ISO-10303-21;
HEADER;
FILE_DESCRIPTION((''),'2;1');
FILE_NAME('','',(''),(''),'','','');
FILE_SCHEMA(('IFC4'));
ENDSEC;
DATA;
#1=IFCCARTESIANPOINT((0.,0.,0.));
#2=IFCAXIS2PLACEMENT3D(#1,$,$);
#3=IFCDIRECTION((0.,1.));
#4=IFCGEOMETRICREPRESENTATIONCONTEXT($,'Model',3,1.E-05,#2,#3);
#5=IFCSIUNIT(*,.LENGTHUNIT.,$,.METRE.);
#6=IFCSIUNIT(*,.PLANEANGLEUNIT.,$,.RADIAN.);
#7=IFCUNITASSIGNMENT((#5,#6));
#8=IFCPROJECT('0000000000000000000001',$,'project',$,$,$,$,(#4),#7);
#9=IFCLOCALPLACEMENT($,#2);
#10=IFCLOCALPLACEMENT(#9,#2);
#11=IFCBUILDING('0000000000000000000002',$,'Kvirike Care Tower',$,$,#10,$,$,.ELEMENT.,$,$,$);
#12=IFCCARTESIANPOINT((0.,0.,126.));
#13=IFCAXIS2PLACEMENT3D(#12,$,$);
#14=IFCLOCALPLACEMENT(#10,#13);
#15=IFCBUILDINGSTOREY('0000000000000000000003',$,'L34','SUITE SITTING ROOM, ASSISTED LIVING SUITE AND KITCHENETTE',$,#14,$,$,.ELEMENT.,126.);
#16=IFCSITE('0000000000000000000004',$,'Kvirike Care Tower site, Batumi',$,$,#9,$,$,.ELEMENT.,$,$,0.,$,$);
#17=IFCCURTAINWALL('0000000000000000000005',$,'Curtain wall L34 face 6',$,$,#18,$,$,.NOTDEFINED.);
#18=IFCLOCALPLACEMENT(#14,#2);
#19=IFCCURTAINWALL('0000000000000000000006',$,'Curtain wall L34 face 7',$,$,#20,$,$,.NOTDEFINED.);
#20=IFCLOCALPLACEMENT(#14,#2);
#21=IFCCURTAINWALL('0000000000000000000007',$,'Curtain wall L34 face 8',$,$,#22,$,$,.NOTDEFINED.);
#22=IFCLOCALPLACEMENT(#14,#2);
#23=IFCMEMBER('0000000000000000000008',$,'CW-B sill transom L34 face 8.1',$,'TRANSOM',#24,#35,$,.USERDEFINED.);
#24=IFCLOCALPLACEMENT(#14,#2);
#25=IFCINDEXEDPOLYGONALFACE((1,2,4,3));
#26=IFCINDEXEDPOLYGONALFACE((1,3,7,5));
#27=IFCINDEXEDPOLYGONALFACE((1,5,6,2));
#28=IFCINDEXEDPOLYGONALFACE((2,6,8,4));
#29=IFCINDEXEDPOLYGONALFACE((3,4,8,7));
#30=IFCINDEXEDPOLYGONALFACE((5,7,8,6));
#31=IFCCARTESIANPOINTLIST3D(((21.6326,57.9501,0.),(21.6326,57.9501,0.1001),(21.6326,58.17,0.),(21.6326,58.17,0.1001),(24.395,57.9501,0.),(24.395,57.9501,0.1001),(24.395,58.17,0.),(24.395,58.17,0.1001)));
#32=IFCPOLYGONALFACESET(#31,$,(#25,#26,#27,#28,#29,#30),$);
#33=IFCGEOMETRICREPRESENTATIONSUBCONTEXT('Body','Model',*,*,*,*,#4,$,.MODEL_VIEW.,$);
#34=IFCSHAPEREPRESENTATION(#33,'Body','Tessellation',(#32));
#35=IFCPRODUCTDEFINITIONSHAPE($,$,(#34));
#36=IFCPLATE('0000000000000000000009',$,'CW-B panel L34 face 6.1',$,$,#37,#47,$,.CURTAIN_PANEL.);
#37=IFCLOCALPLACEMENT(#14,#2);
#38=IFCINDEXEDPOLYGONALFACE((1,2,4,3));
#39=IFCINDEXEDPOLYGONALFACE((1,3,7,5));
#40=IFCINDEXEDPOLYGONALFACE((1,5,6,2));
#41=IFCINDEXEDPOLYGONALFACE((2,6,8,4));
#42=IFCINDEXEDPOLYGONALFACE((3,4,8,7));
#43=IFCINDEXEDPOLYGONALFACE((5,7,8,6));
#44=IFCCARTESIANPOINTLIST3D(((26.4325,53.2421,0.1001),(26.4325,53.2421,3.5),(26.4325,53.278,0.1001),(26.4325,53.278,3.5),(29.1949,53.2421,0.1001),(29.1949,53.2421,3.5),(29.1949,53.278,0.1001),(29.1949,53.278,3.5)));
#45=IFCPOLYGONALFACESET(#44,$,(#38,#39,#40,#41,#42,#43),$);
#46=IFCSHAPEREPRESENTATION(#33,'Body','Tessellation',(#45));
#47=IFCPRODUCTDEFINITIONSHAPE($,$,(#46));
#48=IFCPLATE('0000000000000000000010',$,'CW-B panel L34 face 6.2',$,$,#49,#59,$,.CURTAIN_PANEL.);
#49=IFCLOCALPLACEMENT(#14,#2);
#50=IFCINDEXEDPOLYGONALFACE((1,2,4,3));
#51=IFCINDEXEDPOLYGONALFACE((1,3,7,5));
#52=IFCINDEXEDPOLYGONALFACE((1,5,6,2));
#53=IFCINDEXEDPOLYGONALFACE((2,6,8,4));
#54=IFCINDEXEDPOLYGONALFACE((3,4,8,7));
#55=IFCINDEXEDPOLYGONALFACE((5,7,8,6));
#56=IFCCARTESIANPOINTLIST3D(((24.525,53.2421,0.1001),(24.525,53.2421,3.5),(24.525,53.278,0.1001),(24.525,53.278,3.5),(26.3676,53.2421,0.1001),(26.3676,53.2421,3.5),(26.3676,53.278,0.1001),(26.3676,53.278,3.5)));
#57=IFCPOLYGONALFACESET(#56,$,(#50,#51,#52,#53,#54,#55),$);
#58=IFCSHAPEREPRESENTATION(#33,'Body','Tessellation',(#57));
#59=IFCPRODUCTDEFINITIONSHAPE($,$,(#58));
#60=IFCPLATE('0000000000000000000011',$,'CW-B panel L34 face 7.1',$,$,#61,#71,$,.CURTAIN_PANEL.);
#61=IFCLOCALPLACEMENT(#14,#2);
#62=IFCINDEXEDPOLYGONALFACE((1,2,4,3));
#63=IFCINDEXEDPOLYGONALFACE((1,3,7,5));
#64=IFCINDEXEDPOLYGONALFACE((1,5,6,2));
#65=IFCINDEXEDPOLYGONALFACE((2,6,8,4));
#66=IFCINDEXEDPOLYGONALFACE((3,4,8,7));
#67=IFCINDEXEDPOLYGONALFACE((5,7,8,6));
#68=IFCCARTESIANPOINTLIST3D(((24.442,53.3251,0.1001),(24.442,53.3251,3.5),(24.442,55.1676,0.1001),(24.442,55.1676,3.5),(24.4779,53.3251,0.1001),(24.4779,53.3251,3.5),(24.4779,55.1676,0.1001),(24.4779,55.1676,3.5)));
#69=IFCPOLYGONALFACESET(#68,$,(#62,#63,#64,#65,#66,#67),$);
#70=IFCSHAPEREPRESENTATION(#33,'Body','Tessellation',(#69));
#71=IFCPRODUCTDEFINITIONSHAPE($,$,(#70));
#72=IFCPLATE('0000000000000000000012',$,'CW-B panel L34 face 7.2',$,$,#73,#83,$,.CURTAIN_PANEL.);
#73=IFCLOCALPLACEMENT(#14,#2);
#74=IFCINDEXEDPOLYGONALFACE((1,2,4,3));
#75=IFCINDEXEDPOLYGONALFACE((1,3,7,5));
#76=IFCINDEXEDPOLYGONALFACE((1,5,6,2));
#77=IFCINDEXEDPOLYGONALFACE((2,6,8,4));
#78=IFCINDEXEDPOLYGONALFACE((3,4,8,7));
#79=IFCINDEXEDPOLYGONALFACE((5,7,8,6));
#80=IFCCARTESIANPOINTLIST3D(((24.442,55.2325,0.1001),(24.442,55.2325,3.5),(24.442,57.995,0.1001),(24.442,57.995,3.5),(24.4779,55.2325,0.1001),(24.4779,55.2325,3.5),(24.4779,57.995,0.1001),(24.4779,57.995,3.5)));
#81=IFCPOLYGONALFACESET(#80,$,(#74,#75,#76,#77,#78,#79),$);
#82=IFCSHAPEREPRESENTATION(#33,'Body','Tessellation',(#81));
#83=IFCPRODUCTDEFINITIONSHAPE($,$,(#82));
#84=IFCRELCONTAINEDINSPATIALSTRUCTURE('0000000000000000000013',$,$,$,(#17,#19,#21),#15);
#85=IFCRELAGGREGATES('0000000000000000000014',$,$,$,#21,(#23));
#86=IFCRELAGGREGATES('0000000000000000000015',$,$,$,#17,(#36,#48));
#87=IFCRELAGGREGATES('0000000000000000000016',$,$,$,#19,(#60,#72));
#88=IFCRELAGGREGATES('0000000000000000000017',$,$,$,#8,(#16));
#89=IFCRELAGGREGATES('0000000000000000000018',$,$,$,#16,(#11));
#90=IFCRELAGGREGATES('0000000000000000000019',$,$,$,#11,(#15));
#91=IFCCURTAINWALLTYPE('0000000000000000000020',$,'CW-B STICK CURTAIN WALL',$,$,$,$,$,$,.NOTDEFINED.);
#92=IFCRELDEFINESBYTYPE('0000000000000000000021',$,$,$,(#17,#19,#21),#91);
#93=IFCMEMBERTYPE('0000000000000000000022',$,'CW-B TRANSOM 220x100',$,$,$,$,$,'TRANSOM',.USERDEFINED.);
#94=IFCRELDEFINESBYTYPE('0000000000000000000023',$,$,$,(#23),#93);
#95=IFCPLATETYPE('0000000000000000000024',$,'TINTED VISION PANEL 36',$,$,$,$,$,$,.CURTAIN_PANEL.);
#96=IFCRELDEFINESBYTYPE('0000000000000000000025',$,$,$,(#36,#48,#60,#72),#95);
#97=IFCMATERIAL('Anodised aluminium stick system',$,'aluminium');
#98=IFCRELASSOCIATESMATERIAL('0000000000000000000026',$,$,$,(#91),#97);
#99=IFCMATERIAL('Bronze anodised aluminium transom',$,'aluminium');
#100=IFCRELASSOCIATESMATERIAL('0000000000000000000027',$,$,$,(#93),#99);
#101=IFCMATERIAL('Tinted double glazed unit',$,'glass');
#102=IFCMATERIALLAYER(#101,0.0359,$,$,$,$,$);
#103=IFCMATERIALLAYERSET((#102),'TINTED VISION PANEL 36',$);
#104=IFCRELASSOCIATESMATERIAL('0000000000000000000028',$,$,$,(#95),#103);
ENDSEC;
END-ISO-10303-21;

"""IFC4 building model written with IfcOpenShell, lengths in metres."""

from ifc_helpers import new_model, si_unit, direction, frame, origin, origin_2d, place, context, subcontext, project, spatial, rectangle, extrude, material, layer, layer_set, material_profile, profile_set, type_object, element, aggregate, save


model = new_model("IFC4")

# Units and contexts
model_context = context("Model", 3, precision=1e-05, world=origin(), true_north=direction((0.0, 1.0)))
body_context = subcontext(model_context, "Body", "Model", "MODEL_VIEW")
ifc_project = project(units=[si_unit("LENGTHUNIT", "METRE"), si_unit("PLANEANGLEUNIT", "RADIAN")], contexts=[model_context])

# Site, building, storey
site_placement = place(None, origin())
site = spatial("IfcSite", under=ifc_project, at=site_placement, Name="Kvirike Care Tower site, Batumi", CompositionType="ELEMENT", RefElevation=0.0)
building_placement = place(site_placement, origin())
building = spatial("IfcBuilding", under=site, at=building_placement, Name="Kvirike Care Tower", CompositionType="ELEMENT")
storey_placement = place(building_placement, frame((0.0, 0.0, 126.0)))
storey = spatial("IfcBuildingStorey", under=building, at=storey_placement, Name="L34", Description="SUITE SITTING ROOM, ASSISTED LIVING SUITE AND KITCHENETTE", CompositionType="ELEMENT", Elevation=126.0)

# Curtain walls
ifc_material_1 = material(Name="Anodised aluminium stick system", Category="aluminium")
curtain_wall_type = type_object("IfcCurtainWallType", Name="CW-B STICK CURTAIN WALL", PredefinedType="NOTDEFINED", material=ifc_material_1)
curtain_wall_1_placement = place(storey_placement, origin())
curtain_wall_1 = element("IfcCurtainWall", 1, at=curtain_wall_1_placement, inside=storey, type_object=curtain_wall_type, Name="Curtain wall L34 face 6", PredefinedType="NOTDEFINED")
curtain_wall_2_placement = place(storey_placement, origin())
curtain_wall_2 = element("IfcCurtainWall", 2, at=curtain_wall_2_placement, inside=storey, type_object=curtain_wall_type, Name="Curtain wall L34 face 7", PredefinedType="NOTDEFINED")

# Curtain wall
curtain_wall_3_placement = place(storey_placement, origin())
curtain_wall_3 = element("IfcCurtainWall", 3, at=curtain_wall_3_placement, inside=storey, type_object=curtain_wall_type, Name="Curtain wall L34 face 8", PredefinedType="NOTDEFINED")

# Member
ifc_material_2 = material(Name="Bronze anodised aluminium transom", Category="aluminium")
ifc_material_profile_1 = material_profile(ifc_material_2, rectangle(XDim=0.22, YDim=0.1001, at=origin_2d()), Name="CW-B TRANSOM 220x100")
ifc_profile_set_1 = profile_set([ifc_material_profile_1], Name="Bronze anodised aluminium transom")
member_type_1 = type_object("IfcMemberType", Name="CW-B TRANSOM 220x100", ElementType="TRANSOM", PredefinedType="USERDEFINED", material=ifc_profile_set_1)
member_1_placement = place(storey_placement, frame((24.395, 58.0601, 0.05), z_axis=(-1.0, 0.0, 0.0), x_axis=(0.0, -1.0, 0.0)))
member_1 = element("IfcMember", 4, at=member_1_placement, type_object=member_type_1, Name="CW-B sill transom L34 face 8.1", ObjectType="TRANSOM", PredefinedType="USERDEFINED", context=body_context, shape_type="SweptSolid", body=[
    extrude(rectangle(XDim=0.22, YDim=0.1001, at=origin_2d()), origin(), (0.0, 0.0, 1.0), 2.7625),
])
aggregate(curtain_wall_3, [member_1])

# Plates
ifc_material_3 = material(Name="Tinted double glazed unit", Category="glass")
ifc_layer = layer(ifc_material_3, 0.0359)
ifc_layer_set = layer_set([ifc_layer], Name="TINTED VISION PANEL 36")
plate_type = type_object("IfcPlateType", Name="TINTED VISION PANEL 36", PredefinedType="CURTAIN_PANEL", material=ifc_layer_set)
plate_1_placement = place(storey_placement, frame((27.8137, 53.26, 0.1001), z_axis=(0.0, 0.0, 1.0), x_axis=(-1.0, 0.0, 0.0)))
plate_1 = element("IfcPlate", 5, at=plate_1_placement, type_object=plate_type, Name="CW-B panel L34 face 6.1", PredefinedType="CURTAIN_PANEL", context=body_context, shape_type="SweptSolid", body=[
    extrude(rectangle(XDim=2.7625, YDim=0.0359, at=origin_2d()), origin(), (0.0, 0.0, 1.0), 3.3999),
])
plate_2_placement = place(storey_placement, frame((25.4463, 53.26, 0.1001), z_axis=(0.0, 0.0, 1.0), x_axis=(-1.0, 0.0, 0.0)))
plate_2 = element("IfcPlate", 6, at=plate_2_placement, type_object=plate_type, Name="CW-B panel L34 face 6.2", PredefinedType="CURTAIN_PANEL", context=body_context, shape_type="SweptSolid", body=[
    extrude(rectangle(XDim=1.8425, YDim=0.0359, at=origin_2d()), origin(), (0.0, 0.0, 1.0), 3.3999),
])
aggregate(curtain_wall_1, [plate_1, plate_2])
plate_3_placement = place(storey_placement, frame((24.46, 54.2463, 0.1001), z_axis=(0.0, 0.0, 1.0), x_axis=(0.0, 1.0, 0.0)))
plate_3 = element("IfcPlate", 7, at=plate_3_placement, type_object=plate_type, Name="CW-B panel L34 face 7.1", PredefinedType="CURTAIN_PANEL", context=body_context, shape_type="SweptSolid", body=[
    extrude(rectangle(XDim=1.8425, YDim=0.0359, at=origin_2d()), origin(), (0.0, 0.0, 1.0), 3.3999),
])
plate_4_placement = place(storey_placement, frame((24.46, 56.6138, 0.1001), z_axis=(0.0, 0.0, 1.0), x_axis=(0.0, 1.0, 0.0)))
plate_4 = element("IfcPlate", 8, at=plate_4_placement, type_object=plate_type, Name="CW-B panel L34 face 7.2", PredefinedType="CURTAIN_PANEL", context=body_context, shape_type="SweptSolid", body=[
    extrude(rectangle(XDim=2.7625, YDim=0.0359, at=origin_2d()), origin(), (0.0, 0.0, 1.0), 3.3999),
])
aggregate(curtain_wall_2, [plate_3, plate_4])

save(model, "model.ifc")
